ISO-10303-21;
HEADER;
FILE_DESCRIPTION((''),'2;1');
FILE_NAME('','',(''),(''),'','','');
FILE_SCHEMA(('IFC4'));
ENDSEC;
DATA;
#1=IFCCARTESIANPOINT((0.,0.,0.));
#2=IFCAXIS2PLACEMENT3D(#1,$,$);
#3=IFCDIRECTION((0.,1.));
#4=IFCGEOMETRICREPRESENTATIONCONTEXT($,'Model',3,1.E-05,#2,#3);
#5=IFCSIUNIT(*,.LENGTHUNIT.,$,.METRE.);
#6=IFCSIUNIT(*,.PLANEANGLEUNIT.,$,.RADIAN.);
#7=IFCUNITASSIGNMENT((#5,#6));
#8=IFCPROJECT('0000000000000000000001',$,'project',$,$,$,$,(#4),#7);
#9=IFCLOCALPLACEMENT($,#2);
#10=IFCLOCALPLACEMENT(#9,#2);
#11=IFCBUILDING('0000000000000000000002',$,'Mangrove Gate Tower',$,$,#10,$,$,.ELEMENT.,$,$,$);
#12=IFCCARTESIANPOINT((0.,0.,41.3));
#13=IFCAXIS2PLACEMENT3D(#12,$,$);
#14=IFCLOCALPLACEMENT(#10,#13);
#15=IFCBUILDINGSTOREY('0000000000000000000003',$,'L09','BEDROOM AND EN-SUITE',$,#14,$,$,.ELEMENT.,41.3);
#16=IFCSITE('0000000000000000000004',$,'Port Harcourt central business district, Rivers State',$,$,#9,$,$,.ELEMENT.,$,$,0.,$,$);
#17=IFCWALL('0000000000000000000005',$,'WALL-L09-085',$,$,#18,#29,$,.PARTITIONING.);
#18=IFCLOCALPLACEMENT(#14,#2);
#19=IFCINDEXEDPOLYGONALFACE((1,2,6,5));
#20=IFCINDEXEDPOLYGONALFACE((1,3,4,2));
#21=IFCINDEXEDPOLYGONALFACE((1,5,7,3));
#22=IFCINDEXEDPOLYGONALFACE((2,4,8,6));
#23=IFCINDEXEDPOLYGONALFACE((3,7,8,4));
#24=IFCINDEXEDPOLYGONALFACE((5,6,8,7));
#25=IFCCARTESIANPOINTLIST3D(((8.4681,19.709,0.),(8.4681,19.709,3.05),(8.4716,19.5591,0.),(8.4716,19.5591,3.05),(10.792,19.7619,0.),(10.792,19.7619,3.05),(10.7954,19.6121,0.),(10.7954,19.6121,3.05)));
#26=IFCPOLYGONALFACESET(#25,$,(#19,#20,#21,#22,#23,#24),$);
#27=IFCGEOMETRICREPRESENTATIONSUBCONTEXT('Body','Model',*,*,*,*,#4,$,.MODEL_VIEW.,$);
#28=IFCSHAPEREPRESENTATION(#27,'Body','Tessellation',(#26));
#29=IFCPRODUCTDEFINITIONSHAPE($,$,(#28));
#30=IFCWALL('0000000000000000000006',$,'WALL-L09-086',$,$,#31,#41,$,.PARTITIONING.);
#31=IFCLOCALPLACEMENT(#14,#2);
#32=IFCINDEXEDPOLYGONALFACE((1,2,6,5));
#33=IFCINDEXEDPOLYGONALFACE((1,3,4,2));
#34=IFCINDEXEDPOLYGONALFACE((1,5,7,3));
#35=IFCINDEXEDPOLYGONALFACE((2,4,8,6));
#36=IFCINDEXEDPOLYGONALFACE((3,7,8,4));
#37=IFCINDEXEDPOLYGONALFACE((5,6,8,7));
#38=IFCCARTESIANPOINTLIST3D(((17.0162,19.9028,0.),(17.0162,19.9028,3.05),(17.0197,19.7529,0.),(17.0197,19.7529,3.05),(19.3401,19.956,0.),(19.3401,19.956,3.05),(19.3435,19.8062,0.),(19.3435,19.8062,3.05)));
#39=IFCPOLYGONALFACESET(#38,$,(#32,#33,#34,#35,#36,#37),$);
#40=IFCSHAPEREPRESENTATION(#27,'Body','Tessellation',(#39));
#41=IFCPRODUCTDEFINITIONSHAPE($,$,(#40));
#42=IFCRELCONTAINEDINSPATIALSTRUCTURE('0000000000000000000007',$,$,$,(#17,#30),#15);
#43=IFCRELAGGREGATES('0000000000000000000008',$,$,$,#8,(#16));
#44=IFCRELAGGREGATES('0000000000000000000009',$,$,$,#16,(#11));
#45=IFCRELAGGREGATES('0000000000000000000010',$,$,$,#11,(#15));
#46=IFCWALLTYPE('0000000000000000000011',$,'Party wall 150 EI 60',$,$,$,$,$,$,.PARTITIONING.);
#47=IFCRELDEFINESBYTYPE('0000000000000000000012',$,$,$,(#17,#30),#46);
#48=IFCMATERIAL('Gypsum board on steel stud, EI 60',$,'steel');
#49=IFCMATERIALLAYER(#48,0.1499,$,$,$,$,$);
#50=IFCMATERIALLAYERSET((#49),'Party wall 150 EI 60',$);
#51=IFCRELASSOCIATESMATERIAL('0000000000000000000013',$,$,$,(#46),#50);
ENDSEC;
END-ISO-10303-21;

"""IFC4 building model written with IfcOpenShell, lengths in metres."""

from ifc_helpers import new_model, si_unit, direction, frame, frame_2d, origin, place, context, subcontext, project, spatial, rectangle, extrude, material, layer, layer_set, type_object, element, save


model = new_model("IFC4")

# Units and contexts
model_context = context("Model", 3, precision=1e-05, world=origin(), true_north=direction((0.0, 1.0)))
body_context = subcontext(model_context, "Body", "Model", "MODEL_VIEW")
ifc_project = project(units=[si_unit("LENGTHUNIT", "METRE"), si_unit("PLANEANGLEUNIT", "RADIAN")], contexts=[model_context])

# Site, building, storey
site_placement = place(None, origin())
site = spatial("IfcSite", under=ifc_project, at=site_placement, Name="Port Harcourt central business district, Rivers State", CompositionType="ELEMENT", RefElevation=0.0)
building_placement = place(site_placement, origin())
building = spatial("IfcBuilding", under=site, at=building_placement, Name="Mangrove Gate Tower", CompositionType="ELEMENT")
storey_placement = place(building_placement, frame((0.0, 0.0, 41.3)))
storey = spatial("IfcBuildingStorey", under=building, at=storey_placement, Name="L09", Description="BEDROOM AND EN-SUITE", CompositionType="ELEMENT", Elevation=41.3)

# Shared definitions
ifc_material_1 = material(Name="Gypsum board on steel stud, EI 60", Category="steel")
ifc_layer_1 = layer(ifc_material_1, 0.1499)
ifc_layer_set_1 = layer_set([ifc_layer_1], Name="Party wall 150 EI 60")
wall_type_1 = type_object("IfcWallType", Name="Party wall 150 EI 60", PredefinedType="PARTITIONING", material=ifc_layer_set_1)

# Walls
for number, where, z_axis, x_axis, name in (
    (1, (8.47, 19.634, 0.0), (0.0, 0.0, 1.0), (0.99974, 0.022791, 0.0), "WALL-L09-085"),
    (2, (17.0181, 19.8279, 0.0), (0.0, 0.0, 1.0), (0.999738, 0.022896, 0.0), "WALL-L09-086"),
):
    element("IfcWall", number, at=place(storey_placement, frame(where, z_axis=z_axis, x_axis=x_axis)), inside=storey, type_object=wall_type_1, Name=name, PredefinedType="PARTITIONING", context=body_context, shape_type="SweptSolid", body=[
        extrude(rectangle(XDim=2.3245, YDim=0.1499, at=frame_2d((1.1621, 0.0))), origin(), (0.0, 0.0, 1.0), 3.05),
    ])

save(model, "model.ifc")
